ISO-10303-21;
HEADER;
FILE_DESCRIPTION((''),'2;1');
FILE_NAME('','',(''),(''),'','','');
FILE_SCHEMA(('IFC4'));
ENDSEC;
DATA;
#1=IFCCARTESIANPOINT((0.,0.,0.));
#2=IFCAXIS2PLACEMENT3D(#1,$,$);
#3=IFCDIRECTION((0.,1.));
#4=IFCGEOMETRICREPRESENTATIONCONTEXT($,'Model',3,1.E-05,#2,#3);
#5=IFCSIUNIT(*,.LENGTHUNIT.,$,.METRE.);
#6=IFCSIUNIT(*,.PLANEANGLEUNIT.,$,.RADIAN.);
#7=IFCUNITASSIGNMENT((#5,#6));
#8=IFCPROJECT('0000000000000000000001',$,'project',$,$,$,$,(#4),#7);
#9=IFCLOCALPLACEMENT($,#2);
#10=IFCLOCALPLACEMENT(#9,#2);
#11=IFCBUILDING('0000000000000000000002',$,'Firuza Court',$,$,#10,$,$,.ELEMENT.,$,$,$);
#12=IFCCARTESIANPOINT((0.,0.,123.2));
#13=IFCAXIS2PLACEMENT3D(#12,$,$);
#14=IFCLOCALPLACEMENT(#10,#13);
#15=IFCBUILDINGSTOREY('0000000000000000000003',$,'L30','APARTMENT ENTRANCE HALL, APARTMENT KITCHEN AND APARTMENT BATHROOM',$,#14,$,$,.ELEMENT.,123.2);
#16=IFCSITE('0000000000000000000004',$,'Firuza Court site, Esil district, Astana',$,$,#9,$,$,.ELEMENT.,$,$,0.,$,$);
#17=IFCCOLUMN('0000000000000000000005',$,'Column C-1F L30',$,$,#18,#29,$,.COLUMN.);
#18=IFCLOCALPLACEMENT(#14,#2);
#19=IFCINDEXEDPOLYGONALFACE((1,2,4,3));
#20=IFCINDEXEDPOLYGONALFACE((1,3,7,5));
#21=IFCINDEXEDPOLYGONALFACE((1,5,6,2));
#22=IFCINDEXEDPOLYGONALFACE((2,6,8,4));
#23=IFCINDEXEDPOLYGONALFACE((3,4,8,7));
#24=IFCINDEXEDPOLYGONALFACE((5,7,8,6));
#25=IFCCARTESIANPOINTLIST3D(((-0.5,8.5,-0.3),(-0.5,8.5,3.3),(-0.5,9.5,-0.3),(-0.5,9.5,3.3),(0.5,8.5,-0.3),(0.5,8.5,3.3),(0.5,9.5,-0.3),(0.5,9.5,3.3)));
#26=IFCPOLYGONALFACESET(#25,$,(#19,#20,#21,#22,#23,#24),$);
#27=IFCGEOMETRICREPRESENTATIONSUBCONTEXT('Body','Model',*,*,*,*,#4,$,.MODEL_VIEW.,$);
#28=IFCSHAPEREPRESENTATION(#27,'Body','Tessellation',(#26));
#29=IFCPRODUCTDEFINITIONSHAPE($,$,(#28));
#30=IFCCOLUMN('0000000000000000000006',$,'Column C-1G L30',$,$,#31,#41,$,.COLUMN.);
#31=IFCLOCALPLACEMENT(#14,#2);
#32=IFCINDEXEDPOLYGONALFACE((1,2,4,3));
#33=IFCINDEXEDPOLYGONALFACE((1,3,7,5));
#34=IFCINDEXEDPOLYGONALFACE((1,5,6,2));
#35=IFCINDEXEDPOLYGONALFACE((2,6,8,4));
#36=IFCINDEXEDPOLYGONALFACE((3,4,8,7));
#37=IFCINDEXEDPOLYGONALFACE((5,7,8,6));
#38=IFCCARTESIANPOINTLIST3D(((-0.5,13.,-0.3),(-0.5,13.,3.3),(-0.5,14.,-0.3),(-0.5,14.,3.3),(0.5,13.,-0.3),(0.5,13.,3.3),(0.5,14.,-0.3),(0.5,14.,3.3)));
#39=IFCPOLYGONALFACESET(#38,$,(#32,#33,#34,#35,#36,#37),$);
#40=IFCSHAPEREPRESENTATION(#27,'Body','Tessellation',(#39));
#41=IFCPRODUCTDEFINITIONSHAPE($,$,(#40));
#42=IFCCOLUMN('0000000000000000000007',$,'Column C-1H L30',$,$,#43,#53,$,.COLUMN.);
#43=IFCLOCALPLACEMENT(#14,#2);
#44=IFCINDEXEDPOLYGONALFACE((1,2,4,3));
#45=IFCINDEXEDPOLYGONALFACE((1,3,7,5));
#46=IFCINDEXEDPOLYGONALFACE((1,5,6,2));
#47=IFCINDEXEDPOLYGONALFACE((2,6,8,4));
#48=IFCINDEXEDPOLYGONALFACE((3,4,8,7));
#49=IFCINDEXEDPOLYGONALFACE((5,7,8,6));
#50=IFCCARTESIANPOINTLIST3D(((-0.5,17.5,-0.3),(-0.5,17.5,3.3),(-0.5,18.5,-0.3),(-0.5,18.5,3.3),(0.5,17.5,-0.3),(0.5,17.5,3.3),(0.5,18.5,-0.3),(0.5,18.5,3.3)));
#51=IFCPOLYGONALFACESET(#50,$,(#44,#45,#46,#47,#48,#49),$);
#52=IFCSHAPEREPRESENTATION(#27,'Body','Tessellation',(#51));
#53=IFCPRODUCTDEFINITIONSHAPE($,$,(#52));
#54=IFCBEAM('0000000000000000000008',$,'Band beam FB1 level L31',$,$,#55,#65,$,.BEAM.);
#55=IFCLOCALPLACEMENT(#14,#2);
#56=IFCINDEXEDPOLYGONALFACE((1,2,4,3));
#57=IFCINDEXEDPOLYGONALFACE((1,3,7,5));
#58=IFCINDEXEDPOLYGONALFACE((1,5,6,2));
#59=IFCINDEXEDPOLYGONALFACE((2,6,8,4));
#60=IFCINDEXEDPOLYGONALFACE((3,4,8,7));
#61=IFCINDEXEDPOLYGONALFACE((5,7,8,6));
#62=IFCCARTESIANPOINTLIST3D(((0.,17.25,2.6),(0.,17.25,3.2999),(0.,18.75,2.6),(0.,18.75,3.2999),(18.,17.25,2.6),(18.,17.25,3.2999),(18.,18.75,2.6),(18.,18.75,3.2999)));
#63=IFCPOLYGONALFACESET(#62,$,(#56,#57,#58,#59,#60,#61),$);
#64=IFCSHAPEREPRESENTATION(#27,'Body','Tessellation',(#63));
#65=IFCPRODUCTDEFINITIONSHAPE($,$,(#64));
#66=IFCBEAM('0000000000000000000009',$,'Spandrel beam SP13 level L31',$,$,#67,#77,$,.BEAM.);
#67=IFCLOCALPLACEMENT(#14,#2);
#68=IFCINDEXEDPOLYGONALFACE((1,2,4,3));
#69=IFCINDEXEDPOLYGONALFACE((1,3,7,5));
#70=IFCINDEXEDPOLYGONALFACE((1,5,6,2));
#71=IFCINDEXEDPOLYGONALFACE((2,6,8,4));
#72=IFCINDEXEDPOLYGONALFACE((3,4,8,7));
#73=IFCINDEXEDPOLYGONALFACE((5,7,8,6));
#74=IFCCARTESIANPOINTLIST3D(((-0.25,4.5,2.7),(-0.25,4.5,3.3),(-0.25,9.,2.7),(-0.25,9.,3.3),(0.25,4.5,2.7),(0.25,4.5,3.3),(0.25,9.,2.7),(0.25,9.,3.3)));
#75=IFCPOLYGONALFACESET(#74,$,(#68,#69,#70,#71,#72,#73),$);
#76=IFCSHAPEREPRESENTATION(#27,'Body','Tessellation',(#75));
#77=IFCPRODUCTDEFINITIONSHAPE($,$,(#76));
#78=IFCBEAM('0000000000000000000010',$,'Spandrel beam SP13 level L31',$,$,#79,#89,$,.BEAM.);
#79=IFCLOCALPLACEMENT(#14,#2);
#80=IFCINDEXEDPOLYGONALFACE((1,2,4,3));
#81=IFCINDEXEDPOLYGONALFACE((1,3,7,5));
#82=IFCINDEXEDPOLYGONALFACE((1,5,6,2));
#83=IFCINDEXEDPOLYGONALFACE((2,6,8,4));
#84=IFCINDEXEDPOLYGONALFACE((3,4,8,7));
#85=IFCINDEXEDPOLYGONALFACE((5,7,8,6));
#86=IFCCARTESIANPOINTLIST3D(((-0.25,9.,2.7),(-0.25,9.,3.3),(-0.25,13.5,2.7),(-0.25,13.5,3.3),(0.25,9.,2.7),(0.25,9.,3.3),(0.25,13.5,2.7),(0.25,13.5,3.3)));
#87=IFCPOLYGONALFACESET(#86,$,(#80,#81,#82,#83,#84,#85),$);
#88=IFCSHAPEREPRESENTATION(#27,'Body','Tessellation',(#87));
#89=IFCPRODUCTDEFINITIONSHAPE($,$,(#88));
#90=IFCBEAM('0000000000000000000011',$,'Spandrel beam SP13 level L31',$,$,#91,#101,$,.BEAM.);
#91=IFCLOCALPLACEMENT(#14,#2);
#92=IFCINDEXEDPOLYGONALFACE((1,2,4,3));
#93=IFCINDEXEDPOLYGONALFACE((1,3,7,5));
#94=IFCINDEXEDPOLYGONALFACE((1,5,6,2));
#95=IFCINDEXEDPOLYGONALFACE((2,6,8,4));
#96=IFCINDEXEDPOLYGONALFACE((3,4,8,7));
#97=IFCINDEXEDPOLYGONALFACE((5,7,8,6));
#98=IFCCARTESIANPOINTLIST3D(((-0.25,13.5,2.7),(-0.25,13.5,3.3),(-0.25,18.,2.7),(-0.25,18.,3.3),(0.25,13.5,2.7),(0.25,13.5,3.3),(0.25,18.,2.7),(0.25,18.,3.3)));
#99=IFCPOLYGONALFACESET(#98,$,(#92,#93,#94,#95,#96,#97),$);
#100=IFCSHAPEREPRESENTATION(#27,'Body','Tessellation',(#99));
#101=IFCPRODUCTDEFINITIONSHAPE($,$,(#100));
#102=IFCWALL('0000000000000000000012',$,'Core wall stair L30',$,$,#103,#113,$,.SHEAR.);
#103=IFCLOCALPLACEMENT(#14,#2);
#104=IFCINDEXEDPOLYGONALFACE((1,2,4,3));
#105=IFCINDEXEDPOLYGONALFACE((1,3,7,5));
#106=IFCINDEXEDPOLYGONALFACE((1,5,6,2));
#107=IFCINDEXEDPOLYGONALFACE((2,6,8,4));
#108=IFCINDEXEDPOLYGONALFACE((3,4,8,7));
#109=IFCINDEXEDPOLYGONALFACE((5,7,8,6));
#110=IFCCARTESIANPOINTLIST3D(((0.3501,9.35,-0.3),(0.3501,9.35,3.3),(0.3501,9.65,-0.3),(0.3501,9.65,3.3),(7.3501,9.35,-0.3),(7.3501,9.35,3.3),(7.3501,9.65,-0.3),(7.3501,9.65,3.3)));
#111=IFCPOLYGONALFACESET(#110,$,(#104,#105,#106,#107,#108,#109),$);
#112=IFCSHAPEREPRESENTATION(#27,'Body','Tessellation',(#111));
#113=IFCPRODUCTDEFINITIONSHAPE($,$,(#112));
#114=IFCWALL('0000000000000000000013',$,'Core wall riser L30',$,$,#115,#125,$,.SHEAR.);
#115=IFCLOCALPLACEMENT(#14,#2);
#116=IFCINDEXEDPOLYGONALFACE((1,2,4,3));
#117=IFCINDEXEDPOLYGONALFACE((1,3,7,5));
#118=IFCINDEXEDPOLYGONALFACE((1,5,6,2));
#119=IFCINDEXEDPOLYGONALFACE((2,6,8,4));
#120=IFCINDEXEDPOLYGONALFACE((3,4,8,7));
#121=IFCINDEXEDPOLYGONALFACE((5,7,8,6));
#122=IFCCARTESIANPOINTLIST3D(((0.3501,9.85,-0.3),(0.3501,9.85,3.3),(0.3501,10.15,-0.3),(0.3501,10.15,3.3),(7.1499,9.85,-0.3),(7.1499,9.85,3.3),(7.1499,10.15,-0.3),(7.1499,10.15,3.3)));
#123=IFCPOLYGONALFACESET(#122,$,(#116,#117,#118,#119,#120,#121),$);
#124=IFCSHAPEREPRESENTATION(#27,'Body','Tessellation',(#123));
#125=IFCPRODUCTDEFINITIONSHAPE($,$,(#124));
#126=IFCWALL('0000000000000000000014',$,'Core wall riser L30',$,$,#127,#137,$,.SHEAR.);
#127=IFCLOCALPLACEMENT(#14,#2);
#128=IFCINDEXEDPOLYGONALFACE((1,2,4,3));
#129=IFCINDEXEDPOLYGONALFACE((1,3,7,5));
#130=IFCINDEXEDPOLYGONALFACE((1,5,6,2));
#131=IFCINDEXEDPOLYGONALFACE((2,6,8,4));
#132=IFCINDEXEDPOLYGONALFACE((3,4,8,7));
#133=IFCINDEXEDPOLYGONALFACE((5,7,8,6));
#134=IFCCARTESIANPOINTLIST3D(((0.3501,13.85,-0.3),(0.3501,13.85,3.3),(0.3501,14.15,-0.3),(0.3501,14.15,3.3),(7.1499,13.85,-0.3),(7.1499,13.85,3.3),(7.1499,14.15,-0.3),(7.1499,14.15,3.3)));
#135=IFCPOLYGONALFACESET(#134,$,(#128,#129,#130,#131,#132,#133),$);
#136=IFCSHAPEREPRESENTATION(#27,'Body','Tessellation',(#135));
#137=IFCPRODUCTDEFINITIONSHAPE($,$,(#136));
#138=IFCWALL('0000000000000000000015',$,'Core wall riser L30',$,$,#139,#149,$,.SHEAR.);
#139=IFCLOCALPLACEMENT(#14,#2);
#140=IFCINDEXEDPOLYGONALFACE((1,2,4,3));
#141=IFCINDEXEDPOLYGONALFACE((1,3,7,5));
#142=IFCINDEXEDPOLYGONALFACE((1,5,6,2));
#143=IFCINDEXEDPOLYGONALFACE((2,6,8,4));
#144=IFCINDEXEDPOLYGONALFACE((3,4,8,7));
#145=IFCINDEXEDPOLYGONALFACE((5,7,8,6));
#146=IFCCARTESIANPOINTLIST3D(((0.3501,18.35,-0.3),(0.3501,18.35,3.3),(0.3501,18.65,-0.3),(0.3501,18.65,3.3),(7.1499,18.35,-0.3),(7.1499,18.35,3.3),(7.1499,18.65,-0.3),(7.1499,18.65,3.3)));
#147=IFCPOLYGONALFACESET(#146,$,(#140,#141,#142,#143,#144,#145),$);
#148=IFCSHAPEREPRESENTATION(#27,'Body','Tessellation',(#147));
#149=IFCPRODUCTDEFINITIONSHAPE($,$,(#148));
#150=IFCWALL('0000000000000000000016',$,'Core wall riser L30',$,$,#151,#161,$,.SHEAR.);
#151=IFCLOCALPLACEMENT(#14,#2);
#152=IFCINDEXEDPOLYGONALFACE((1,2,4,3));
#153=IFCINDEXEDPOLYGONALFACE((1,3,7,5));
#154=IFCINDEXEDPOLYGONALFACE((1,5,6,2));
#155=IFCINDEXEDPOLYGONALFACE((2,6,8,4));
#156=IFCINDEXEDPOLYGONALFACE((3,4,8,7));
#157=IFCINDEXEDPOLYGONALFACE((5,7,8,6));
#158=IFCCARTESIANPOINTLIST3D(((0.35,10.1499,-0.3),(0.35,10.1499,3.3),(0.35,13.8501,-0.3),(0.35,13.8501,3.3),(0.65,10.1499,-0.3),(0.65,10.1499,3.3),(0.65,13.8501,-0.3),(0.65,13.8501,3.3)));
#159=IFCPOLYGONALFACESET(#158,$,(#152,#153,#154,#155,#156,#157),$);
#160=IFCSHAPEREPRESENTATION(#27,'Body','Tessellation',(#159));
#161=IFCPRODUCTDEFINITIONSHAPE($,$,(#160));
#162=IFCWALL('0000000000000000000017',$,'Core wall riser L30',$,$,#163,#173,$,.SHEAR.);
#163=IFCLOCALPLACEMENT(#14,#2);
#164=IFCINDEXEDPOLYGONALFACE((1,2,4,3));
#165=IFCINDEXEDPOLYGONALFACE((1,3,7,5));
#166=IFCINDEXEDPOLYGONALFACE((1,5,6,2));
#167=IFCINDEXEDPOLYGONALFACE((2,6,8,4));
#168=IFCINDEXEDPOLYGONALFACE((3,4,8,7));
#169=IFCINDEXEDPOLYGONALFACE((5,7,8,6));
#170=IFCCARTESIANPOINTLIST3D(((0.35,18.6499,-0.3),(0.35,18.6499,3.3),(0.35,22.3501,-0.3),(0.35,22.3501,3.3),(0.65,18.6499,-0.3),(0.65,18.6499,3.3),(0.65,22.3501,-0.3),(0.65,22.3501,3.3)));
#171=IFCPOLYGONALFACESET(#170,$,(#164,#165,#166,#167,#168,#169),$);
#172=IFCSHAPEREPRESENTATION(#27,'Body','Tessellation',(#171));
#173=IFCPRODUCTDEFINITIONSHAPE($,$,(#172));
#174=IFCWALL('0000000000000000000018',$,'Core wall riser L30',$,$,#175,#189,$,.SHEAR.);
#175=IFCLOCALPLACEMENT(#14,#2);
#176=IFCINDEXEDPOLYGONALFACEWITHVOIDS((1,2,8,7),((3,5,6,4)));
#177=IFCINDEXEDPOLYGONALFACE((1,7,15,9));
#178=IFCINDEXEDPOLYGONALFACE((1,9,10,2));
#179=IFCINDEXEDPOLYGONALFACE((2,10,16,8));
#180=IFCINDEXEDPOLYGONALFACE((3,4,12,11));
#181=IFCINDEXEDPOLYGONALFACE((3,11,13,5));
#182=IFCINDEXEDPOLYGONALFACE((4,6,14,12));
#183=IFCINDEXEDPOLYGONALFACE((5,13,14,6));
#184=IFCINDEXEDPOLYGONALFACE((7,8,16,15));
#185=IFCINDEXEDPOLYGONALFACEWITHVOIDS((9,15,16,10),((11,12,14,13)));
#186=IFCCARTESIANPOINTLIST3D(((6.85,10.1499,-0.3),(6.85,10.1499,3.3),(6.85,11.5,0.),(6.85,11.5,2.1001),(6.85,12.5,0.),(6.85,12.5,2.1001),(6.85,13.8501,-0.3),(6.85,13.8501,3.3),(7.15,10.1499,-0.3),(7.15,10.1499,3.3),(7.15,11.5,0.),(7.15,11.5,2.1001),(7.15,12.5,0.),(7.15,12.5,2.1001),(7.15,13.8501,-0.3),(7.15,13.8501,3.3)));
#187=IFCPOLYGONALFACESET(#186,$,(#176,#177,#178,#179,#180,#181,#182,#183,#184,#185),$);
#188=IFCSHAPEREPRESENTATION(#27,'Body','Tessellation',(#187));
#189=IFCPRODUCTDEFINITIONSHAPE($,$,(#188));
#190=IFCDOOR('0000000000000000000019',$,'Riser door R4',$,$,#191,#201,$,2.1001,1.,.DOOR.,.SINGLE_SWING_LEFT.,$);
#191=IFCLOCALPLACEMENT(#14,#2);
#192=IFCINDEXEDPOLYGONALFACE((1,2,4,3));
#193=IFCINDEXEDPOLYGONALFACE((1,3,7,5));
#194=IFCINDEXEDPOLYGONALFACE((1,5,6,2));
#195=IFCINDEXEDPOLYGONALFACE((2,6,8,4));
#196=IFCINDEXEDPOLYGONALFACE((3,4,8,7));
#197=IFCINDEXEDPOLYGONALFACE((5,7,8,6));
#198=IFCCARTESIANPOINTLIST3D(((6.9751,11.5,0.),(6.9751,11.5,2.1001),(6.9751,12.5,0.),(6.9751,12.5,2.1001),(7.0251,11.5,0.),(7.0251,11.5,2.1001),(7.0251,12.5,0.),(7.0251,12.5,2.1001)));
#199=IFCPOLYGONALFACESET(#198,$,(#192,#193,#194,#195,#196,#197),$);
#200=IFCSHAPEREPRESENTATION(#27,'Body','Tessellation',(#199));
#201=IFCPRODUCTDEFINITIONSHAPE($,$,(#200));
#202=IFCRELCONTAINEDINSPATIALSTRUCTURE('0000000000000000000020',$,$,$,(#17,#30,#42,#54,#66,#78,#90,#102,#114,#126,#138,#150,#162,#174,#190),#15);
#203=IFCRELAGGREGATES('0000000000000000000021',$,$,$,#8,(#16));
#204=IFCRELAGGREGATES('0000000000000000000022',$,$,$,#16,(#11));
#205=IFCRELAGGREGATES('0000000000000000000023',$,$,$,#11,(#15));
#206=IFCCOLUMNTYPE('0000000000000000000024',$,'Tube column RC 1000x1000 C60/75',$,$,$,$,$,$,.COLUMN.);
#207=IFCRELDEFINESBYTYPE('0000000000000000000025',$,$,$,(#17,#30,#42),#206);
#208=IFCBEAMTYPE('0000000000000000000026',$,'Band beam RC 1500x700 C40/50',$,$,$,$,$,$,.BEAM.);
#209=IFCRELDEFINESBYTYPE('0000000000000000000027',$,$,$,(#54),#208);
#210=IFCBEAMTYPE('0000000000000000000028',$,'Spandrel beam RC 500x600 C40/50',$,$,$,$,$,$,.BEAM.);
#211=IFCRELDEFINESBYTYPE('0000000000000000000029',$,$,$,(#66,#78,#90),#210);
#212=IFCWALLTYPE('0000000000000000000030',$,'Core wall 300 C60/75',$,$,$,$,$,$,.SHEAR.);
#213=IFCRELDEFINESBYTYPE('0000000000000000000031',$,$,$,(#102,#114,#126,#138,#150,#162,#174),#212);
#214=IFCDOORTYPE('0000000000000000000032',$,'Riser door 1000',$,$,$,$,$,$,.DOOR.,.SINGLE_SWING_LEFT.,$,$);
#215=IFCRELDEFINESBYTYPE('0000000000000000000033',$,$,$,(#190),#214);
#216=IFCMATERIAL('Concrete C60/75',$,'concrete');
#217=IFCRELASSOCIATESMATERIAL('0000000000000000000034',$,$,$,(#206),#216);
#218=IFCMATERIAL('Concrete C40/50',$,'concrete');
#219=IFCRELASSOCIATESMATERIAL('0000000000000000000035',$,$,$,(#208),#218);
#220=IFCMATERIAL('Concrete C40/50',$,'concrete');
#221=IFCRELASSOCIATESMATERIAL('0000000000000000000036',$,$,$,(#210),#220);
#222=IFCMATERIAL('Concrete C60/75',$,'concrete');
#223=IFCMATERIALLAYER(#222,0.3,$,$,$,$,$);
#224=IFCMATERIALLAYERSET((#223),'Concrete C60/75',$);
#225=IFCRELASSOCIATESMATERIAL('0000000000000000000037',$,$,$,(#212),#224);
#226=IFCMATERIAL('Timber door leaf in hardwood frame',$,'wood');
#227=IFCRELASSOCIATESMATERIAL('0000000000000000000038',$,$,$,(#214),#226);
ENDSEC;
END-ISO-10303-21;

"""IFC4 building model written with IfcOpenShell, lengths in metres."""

from ifc_helpers import new_model, si_unit, direction, frame, frame_2d, origin, origin_2d, place, context, subcontext, project, spatial, rectangle, extrude, material, layer, layer_set, material_profile, profile_set, type_object, element, fill, save


model = new_model("IFC4")

# Units and contexts
model_context = context("Model", 3, precision=1e-05, world=origin(), true_north=direction((0.0, 1.0)))
body_context = subcontext(model_context, "Body", "Model", "MODEL_VIEW")
ifc_project = project(units=[si_unit("LENGTHUNIT", "METRE"), si_unit("PLANEANGLEUNIT", "RADIAN")], contexts=[model_context])

# Site, building, storey
site_placement = place(None, origin())
site = spatial("IfcSite", under=ifc_project, at=site_placement, Name="Firuza Court site, Esil district, Astana", CompositionType="ELEMENT", RefElevation=0.0)
building_placement = place(site_placement, origin())
building = spatial("IfcBuilding", under=site, at=building_placement, Name="Firuza Court", CompositionType="ELEMENT")
storey_placement = place(building_placement, frame((0.0, 0.0, 123.2)))
storey = spatial("IfcBuildingStorey", under=building, at=storey_placement, Name="L30", Description="APARTMENT ENTRANCE HALL, APARTMENT KITCHEN AND APARTMENT BATHROOM", CompositionType="ELEMENT", Elevation=123.2)

# Columns
ifc_material_1 = material(Name="Concrete C60/75", Category="concrete")
ifc_material_profile_1 = material_profile(ifc_material_1, rectangle(XDim=1.0, YDim=1.0, at=origin_2d()), Name="RC 1000x1000")
ifc_profile_set_1 = profile_set([ifc_material_profile_1], Name="Concrete C60/75")
column_type = type_object("IfcColumnType", Name="Tube column RC 1000x1000 C60/75", PredefinedType="COLUMN", material=ifc_profile_set_1)
for number, where, z_axis, x_axis, name in (
    (1, (0.0, 9.0, -0.3), (0.0, 0.0, 1.0), (1.0, 0.0, 0.0), "Column C-1F L30"),
    (2, (0.0, 13.5, -0.3), (0.0, 0.0, 1.0), (1.0, 0.0, 0.0), "Column C-1G L30"),
    (3, (0.0, 18.0, -0.3), (0.0, 0.0, 1.0), (1.0, 0.0, 0.0), "Column C-1H L30"),
):
    element("IfcColumn", number, at=place(storey_placement, frame(where, z_axis=z_axis, x_axis=x_axis)), inside=storey, type_object=column_type, Name=name, PredefinedType="COLUMN", context=body_context, shape_type="SweptSolid", body=[
        extrude(rectangle(XDim=1.0, YDim=1.0, at=origin_2d()), origin(), (0.0, 0.0, 1.0), 3.6001),
    ])

# Beams
ifc_material_2 = material(Name="Concrete C40/50", Category="concrete")
ifc_material_profile_2 = material_profile(ifc_material_2, rectangle(XDim=1.5, YDim=0.7, at=origin_2d()), Name="RC 1500x700")
ifc_profile_set_2 = profile_set([ifc_material_profile_2], Name="Concrete C40/50")
beam_type_1 = type_object("IfcBeamType", Name="Band beam RC 1500x700 C40/50", PredefinedType="BEAM", material=ifc_profile_set_2)
beam_placement = place(storey_placement, frame((0.0, 18.0, 2.95), z_axis=(1.0, 0.0, 0.0), x_axis=(0.0, 1.0, 0.0)))
element("IfcBeam", 4, at=beam_placement, inside=storey, type_object=beam_type_1, Name="Band beam FB1 level L31", PredefinedType="BEAM", context=body_context, shape_type="SweptSolid", body=[
    extrude(rectangle(XDim=1.5, YDim=0.7, at=origin_2d()), origin(), (0.0, 0.0, 1.0), 18.0),
])
ifc_material_3 = material(Name="Concrete C40/50", Category="concrete")
ifc_material_profile_3 = material_profile(ifc_material_3, rectangle(XDim=0.5, YDim=0.6001, at=origin_2d()), Name="RC 500x600")
ifc_profile_set_3 = profile_set([ifc_material_profile_3], Name="Concrete C40/50")
beam_type_2 = type_object("IfcBeamType", Name="Spandrel beam RC 500x600 C40/50", PredefinedType="BEAM", material=ifc_profile_set_3)
for number, where, z_axis, x_axis, name in (
    (5, (0.0, 9.0, 3.0), (0.0, -1.0, 0.0), (1.0, 0.0, 0.0), "Spandrel beam SP13 level L31"),
    (6, (0.0, 13.5, 3.0), (0.0, -1.0, 0.0), (1.0, 0.0, 0.0), "Spandrel beam SP13 level L31"),
    (7, (0.0, 18.0, 3.0), (0.0, -1.0, 0.0), (1.0, 0.0, 0.0), "Spandrel beam SP13 level L31"),
):
    element("IfcBeam", number, at=place(storey_placement, frame(where, z_axis=z_axis, x_axis=x_axis)), inside=storey, type_object=beam_type_2, Name=name, PredefinedType="BEAM", context=body_context, shape_type="SweptSolid", body=[
        extrude(rectangle(XDim=0.5, YDim=0.6001, at=origin_2d()), origin(), (0.0, 0.0, 1.0), 4.5),
    ])

# Walls
ifc_material_4 = material(Name="Concrete C60/75", Category="concrete")
ifc_layer_1 = layer(ifc_material_4, 0.3)
ifc_layer_set_1 = layer_set([ifc_layer_1], Name="Concrete C60/75")
wall_type_1 = type_object("IfcWallType", Name="Core wall 300 C60/75", PredefinedType="SHEAR", material=ifc_layer_set_1)
wall_1_placement = place(storey_placement, frame((0.3501, 9.5, -0.3), z_axis=(0.0, 0.0, 1.0), x_axis=(1.0, 0.0, 0.0)))
element("IfcWall", 8, at=wall_1_placement, inside=storey, type_object=wall_type_1, Name="Core wall stair L30", PredefinedType="SHEAR", context=body_context, shape_type="SweptSolid", body=[
    extrude(rectangle(XDim=7.0, YDim=0.3, at=frame_2d((3.5, 0.0))), origin(), (0.0, 0.0, 1.0), 3.6001),
])
for number, where, z_axis, x_axis, name in (
    (9, (0.3501, 10.0, -0.3), (0.0, 0.0, 1.0), (1.0, 0.0, 0.0), "Core wall riser L30"),
    (10, (0.3501, 14.0, -0.3), (0.0, 0.0, 1.0), (1.0, 0.0, 0.0), "Core wall riser L30"),
    (11, (0.3501, 18.5, -0.3), (0.0, 0.0, 1.0), (1.0, 0.0, 0.0), "Core wall riser L30"),
):
    element("IfcWall", number, at=place(storey_placement, frame(where, z_axis=z_axis, x_axis=x_axis)), inside=storey, type_object=wall_type_1, Name=name, PredefinedType="SHEAR", context=body_context, shape_type="SweptSolid", body=[
        extrude(rectangle(XDim=6.7998, YDim=0.3, at=frame_2d((3.3999, 0.0))), origin(), (0.0, 0.0, 1.0), 3.6001),
    ])
for number, where, z_axis, x_axis, name in (
    (12, (0.5, 10.1499, -0.3), (0.0, 0.0, 1.0), (0.0, 1.0, 0.0), "Core wall riser L30"),
    (13, (0.5, 18.6499, -0.3), (0.0, 0.0, 1.0), (0.0, 1.0, 0.0), "Core wall riser L30"),
):
    element("IfcWall", number, at=place(storey_placement, frame(where, z_axis=z_axis, x_axis=x_axis)), inside=storey, type_object=wall_type_1, Name=name, PredefinedType="SHEAR", context=body_context, shape_type="SweptSolid", body=[
        extrude(rectangle(XDim=3.7002, YDim=0.3, at=frame_2d((1.8501, 0.0))), origin(), (0.0, 0.0, 1.0), 3.6001),
    ])

# Wall, opening, door
wall_2_placement = place(storey_placement, frame((7.0, 10.1499, -0.3), z_axis=(0.0, 0.0, 1.0), x_axis=(0.0, 1.0, 0.0)))
wall_2 = element("IfcWall", 14, at=wall_2_placement, inside=storey, type_object=wall_type_1, Name="Core wall riser L30", PredefinedType="SHEAR", context=body_context, shape_type="SweptSolid", body=[
    extrude(rectangle(XDim=3.7002, YDim=0.3, at=frame_2d((1.8501, 0.0))), origin(), (0.0, 0.0, 1.0), 3.6001),
])
opening_1_placement = place(wall_2_placement, frame((1.3501, 0.0, 0.3)))
opening_1 = element("IfcOpeningElement", 15, at=opening_1_placement, cuts=wall_2, PredefinedType="OPENING", context=body_context, shape_type="SweptSolid", body=[
    extrude(rectangle(XDim=1.0, YDim=2.1001, at=frame_2d((0.5, 1.05))), frame((0.0, 0.1621, 0.0), z_axis=(0.0, -1.0, 0.0), x_axis=(1.0, 0.0, 0.0)), (0.0, 0.0, 1.0), 0.324),
])
ifc_material_5 = material(Name="Timber door leaf in hardwood frame", Category="wood")
door_type_1 = type_object("IfcDoorType", Name="Riser door 1000", OperationType="SINGLE_SWING_LEFT", PredefinedType="DOOR", material=ifc_material_5)
door_1_placement = place(opening_1_placement, origin())
door_1 = element("IfcDoor", 16, at=door_1_placement, inside=storey, type_object=door_type_1, Name="Riser door R4", OperationType="SINGLE_SWING_LEFT", OverallHeight=2.1001, OverallWidth=1.0, PredefinedType="DOOR", context=body_context, shape_type="SweptSolid", body=[
    extrude(rectangle(XDim=1.0, YDim=2.1001, at=frame_2d((0.5, 1.05))), frame((0.0, 0.0249, 0.0), z_axis=(0.0, -1.0, 0.0), x_axis=(1.0, 0.0, 0.0)), (0.0, 0.0, 1.0), 0.05),
])
fill(opening_1, door_1)

save(model, "model.ifc")
